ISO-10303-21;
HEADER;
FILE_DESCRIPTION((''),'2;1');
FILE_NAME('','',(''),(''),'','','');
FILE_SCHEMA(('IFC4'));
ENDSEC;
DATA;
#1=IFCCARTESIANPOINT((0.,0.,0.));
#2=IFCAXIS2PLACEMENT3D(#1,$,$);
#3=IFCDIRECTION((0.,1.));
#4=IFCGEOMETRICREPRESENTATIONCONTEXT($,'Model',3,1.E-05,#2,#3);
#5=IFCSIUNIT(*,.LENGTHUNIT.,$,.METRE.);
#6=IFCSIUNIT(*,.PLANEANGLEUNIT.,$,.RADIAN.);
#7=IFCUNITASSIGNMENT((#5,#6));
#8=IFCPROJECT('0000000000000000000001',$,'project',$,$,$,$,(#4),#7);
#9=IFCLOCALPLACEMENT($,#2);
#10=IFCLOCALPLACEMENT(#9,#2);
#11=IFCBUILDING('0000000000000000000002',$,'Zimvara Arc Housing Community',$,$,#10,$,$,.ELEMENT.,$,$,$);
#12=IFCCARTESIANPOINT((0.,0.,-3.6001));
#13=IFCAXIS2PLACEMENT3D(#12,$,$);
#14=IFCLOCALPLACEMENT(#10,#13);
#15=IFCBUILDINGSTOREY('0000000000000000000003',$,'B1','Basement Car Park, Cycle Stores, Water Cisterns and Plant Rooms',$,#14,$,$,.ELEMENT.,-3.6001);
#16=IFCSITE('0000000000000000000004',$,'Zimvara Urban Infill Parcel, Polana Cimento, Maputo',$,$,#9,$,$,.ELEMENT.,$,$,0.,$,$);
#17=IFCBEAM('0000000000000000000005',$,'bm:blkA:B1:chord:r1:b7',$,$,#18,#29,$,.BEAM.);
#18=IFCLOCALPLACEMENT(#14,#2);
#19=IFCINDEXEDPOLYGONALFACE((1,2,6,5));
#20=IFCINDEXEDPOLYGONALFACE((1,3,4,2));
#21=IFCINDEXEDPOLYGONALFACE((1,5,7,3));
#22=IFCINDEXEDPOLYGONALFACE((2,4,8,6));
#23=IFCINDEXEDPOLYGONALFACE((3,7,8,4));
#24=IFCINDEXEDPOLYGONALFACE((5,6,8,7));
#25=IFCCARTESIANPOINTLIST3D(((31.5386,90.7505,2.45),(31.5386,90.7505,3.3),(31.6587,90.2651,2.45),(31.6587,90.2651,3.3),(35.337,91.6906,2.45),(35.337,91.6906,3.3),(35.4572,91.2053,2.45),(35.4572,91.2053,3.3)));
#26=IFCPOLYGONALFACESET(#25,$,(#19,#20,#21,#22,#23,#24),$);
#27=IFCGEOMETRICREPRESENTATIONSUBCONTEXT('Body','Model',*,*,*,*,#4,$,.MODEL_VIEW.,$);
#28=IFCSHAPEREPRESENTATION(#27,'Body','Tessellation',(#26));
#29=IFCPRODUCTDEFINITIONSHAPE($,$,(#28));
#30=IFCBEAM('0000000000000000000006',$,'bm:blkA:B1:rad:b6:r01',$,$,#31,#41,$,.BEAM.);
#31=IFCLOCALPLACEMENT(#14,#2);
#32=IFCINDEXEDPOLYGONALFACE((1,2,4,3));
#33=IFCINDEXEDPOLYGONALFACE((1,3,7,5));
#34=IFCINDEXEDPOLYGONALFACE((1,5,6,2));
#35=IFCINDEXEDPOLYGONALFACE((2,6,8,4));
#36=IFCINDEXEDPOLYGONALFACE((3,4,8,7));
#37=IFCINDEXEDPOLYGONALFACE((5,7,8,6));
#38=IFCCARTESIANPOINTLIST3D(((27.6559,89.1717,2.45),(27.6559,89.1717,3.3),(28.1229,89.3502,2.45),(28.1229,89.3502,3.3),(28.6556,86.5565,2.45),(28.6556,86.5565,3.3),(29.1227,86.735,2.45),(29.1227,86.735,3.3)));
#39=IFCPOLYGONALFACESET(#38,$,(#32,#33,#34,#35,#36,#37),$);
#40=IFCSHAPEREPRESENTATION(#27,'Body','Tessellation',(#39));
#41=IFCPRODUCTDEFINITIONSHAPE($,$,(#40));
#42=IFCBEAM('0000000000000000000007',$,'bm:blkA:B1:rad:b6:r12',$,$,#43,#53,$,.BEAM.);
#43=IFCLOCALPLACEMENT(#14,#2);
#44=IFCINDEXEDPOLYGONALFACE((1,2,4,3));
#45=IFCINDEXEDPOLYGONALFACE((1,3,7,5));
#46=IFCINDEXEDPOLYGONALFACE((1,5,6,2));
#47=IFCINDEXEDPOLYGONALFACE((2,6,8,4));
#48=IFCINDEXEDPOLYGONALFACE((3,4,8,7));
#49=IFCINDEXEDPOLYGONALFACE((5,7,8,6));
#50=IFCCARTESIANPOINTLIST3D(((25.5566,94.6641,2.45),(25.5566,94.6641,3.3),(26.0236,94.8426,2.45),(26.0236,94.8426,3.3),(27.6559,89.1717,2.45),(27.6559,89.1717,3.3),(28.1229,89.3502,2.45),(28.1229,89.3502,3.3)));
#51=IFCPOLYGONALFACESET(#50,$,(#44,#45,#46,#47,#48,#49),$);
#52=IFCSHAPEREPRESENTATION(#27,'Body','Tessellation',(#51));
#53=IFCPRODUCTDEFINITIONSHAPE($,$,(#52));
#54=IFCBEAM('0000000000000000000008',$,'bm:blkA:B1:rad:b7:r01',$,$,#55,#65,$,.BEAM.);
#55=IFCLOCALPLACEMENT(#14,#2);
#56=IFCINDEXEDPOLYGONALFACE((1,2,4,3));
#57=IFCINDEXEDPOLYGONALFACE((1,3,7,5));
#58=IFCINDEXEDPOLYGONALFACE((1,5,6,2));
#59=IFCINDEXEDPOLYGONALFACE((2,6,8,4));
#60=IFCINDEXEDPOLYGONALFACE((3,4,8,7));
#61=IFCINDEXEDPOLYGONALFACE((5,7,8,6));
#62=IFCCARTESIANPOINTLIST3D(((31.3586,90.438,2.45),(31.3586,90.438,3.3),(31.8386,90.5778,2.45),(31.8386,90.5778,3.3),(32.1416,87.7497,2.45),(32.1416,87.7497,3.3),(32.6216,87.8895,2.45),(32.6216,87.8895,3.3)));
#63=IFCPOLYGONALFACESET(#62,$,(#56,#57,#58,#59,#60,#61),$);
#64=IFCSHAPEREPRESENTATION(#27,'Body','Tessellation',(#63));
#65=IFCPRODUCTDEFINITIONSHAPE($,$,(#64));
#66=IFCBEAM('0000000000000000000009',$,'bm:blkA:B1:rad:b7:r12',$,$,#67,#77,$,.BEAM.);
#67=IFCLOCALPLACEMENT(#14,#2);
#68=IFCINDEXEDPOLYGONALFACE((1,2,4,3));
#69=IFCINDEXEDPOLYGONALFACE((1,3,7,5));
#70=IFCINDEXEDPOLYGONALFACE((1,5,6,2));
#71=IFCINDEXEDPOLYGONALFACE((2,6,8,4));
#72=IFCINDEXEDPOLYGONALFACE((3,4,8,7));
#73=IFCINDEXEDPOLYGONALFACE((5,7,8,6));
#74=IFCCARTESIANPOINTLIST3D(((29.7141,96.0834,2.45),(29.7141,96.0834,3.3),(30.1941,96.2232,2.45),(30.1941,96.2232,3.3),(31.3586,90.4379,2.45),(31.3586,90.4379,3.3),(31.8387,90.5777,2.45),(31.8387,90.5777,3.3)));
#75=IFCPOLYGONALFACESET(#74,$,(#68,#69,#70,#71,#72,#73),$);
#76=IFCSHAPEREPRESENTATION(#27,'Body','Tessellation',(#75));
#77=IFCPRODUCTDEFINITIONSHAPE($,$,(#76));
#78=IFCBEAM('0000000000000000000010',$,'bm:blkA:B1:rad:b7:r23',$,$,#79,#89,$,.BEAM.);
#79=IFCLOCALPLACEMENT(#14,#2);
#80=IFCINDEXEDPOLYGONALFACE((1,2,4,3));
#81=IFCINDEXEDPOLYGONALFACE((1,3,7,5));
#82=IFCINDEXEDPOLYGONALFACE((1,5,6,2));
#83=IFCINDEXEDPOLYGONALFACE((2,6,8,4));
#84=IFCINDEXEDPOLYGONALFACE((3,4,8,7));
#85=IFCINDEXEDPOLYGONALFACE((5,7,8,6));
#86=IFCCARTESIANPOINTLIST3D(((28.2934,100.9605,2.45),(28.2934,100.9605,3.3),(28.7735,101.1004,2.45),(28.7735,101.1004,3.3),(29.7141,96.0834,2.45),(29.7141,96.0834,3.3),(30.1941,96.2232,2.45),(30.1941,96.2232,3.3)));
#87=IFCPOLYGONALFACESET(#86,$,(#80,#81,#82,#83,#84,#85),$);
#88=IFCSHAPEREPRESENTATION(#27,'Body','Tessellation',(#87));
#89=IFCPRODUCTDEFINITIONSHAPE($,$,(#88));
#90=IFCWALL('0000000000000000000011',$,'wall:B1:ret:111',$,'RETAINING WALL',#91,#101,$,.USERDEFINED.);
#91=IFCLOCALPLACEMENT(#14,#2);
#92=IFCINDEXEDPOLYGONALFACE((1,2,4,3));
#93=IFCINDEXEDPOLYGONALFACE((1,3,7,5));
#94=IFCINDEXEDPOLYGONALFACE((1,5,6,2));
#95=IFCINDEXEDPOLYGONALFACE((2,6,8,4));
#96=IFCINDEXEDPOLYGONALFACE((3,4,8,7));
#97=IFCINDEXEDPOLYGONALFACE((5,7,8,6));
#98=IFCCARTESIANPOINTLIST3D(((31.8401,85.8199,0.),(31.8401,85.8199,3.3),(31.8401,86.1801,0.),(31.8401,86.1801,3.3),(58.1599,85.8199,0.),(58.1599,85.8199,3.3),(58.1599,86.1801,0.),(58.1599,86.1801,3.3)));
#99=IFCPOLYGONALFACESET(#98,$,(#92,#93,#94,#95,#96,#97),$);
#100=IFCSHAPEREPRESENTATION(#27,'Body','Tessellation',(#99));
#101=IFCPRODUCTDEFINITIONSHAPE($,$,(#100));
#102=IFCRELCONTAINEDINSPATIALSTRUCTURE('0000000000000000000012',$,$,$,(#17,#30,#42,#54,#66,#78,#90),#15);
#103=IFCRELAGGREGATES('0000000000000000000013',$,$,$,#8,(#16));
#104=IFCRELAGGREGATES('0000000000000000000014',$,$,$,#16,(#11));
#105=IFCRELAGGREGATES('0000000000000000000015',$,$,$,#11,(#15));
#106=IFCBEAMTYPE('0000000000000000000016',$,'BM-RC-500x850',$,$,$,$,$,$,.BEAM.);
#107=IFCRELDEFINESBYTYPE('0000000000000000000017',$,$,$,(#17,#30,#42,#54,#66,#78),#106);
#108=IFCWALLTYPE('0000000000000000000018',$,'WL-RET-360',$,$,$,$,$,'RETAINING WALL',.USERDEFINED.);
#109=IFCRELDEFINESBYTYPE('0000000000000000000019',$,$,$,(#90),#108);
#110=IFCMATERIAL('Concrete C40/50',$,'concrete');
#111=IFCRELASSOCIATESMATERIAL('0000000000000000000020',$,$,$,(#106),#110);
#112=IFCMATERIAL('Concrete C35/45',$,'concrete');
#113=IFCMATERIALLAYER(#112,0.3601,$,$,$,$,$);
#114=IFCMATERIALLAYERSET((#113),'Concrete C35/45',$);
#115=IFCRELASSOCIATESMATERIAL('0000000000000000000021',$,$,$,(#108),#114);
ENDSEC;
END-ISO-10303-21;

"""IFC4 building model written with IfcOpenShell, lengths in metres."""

from ifc_helpers import new_model, si_unit, direction, frame, frame_2d, origin, origin_2d, place, context, subcontext, project, spatial, rectangle, extrude, material, layer, layer_set, material_profile, profile_set, type_object, element, save


model = new_model("IFC4")

# Units and contexts
model_context = context("Model", 3, precision=1e-05, world=origin(), true_north=direction((0.0, 1.0)))
body_context = subcontext(model_context, "Body", "Model", "MODEL_VIEW")
ifc_project = project(units=[si_unit("LENGTHUNIT", "METRE"), si_unit("PLANEANGLEUNIT", "RADIAN")], contexts=[model_context])

# Site, building, storey
site_placement = place(None, origin())
site = spatial("IfcSite", under=ifc_project, at=site_placement, Name="Zimvara Urban Infill Parcel, Polana Cimento, Maputo", CompositionType="ELEMENT", RefElevation=0.0)
building_placement = place(site_placement, origin())
building = spatial("IfcBuilding", under=site, at=building_placement, Name="Zimvara Arc Housing Community", CompositionType="ELEMENT")
storey_placement = place(building_placement, frame((0.0, 0.0, -3.6001)))
storey = spatial("IfcBuildingStorey", under=building, at=storey_placement, Name="B1", Description="Basement Car Park, Cycle Stores, Water Cisterns and Plant Rooms", CompositionType="ELEMENT", Elevation=-3.6001)

# Beams
ifc_material_1 = material(Name="Concrete C40/50", Category="concrete")
ifc_material_profile_1 = material_profile(ifc_material_1, rectangle(XDim=0.5, YDim=0.8501, at=origin_2d()), Name="RC 500x850")
ifc_profile_set_1 = profile_set([ifc_material_profile_1], Name="Concrete C40/50")
beam_type = type_object("IfcBeamType", Name="BM-RC-500x850", PredefinedType="BEAM", material=ifc_profile_set_1)
for number, where, z_axis, x_axis, name in (
    (1, (31.5986, 90.5078, 2.875), (0.970709, 0.24026, 0.0), (-0.24026, 0.970709, 0.0), "bm:blkA:B1:chord:r1:b7"),
):
    element("IfcBeam", number, at=place(storey_placement, frame(where, z_axis=z_axis, x_axis=x_axis)), inside=storey, type_object=beam_type, Name=name, PredefinedType="BEAM", context=body_context, shape_type="SweptSolid", body=[
        extrude(rectangle(XDim=0.5, YDim=0.8501, at=origin_2d()), origin(), (0.0, 0.0, 1.0), 3.9131),
    ])
beam_1_placement = place(storey_placement, frame((28.8892, 86.6458, 2.875), z_axis=(-0.357079, 0.934074, 0.0), x_axis=(-0.934074, -0.357079, 0.0)))
element("IfcBeam", 2, at=beam_1_placement, inside=storey, type_object=beam_type, Name="bm:blkA:B1:rad:b6:r01", PredefinedType="BEAM", context=body_context, shape_type="SweptSolid", body=[
    extrude(rectangle(XDim=0.5, YDim=0.8501, at=origin_2d()), origin(), (0.0, 0.0, 1.0), 2.7998),
])
beam_2_placement = place(storey_placement, frame((27.8894, 89.261, 2.875), z_axis=(-0.357036, 0.934091, 0.0), x_axis=(-0.934091, -0.357036, 0.0)))
element("IfcBeam", 3, at=beam_2_placement, inside=storey, type_object=beam_type, Name="bm:blkA:B1:rad:b6:r12", PredefinedType="BEAM", context=body_context, shape_type="SweptSolid", body=[
    extrude(rectangle(XDim=0.5, YDim=0.8501, at=origin_2d()), origin(), (0.0, 0.0, 1.0), 5.8799),
])
beam_3_placement = place(storey_placement, frame((32.3816, 87.8196, 2.875), z_axis=(-0.279635, 0.960106, 0.0), x_axis=(-0.960106, -0.279635, 0.0)))
element("IfcBeam", 4, at=beam_3_placement, inside=storey, type_object=beam_type, Name="bm:blkA:B1:rad:b7:r01", PredefinedType="BEAM", context=body_context, shape_type="SweptSolid", body=[
    extrude(rectangle(XDim=0.5, YDim=0.8501, at=origin_2d()), origin(), (0.0, 0.0, 1.0), 2.8),
])
beam_4_placement = place(storey_placement, frame((31.5986, 90.5078, 2.875), z_axis=(-0.279675, 0.960095, 0.0), x_axis=(-0.960095, -0.279675, 0.0)))
element("IfcBeam", 5, at=beam_4_placement, inside=storey, type_object=beam_type, Name="bm:blkA:B1:rad:b7:r12", PredefinedType="BEAM", context=body_context, shape_type="SweptSolid", body=[
    extrude(rectangle(XDim=0.5, YDim=0.8501, at=origin_2d()), origin(), (0.0, 0.0, 1.0), 5.8801),
])
beam_5_placement = place(storey_placement, frame((29.9541, 96.1533, 2.875), z_axis=(-0.279662, 0.960098, 0.0), x_axis=(-0.960098, -0.279662, 0.0)))
element("IfcBeam", 6, at=beam_5_placement, inside=storey, type_object=beam_type, Name="bm:blkA:B1:rad:b7:r23", PredefinedType="BEAM", context=body_context, shape_type="SweptSolid", body=[
    extrude(rectangle(XDim=0.5, YDim=0.8501, at=origin_2d()), origin(), (0.0, 0.0, 1.0), 5.0798),
])

# Wall
ifc_material_2 = material(Name="Concrete C35/45", Category="concrete")
ifc_layer = layer(ifc_material_2, 0.3601)
ifc_layer_set = layer_set([ifc_layer], Name="Concrete C35/45")
wall_type = type_object("IfcWallType", Name="WL-RET-360", ElementType="RETAINING WALL", PredefinedType="USERDEFINED", material=ifc_layer_set)
wall_placement = place(storey_placement, frame((31.8401, 86.0, 0.0), z_axis=(0.0, 0.0, 1.0), x_axis=(1.0, 0.0, 0.0)))
element("IfcWall", 7, at=wall_placement, inside=storey, type_object=wall_type, Name="wall:B1:ret:111", ObjectType="RETAINING WALL", PredefinedType="USERDEFINED", context=body_context, shape_type="SweptSolid", body=[
    extrude(rectangle(XDim=26.3198, YDim=0.3601, at=frame_2d((13.1599, 0.0))), origin(), (0.0, 0.0, 1.0), 3.3),
])

save(model, "model.ifc")
